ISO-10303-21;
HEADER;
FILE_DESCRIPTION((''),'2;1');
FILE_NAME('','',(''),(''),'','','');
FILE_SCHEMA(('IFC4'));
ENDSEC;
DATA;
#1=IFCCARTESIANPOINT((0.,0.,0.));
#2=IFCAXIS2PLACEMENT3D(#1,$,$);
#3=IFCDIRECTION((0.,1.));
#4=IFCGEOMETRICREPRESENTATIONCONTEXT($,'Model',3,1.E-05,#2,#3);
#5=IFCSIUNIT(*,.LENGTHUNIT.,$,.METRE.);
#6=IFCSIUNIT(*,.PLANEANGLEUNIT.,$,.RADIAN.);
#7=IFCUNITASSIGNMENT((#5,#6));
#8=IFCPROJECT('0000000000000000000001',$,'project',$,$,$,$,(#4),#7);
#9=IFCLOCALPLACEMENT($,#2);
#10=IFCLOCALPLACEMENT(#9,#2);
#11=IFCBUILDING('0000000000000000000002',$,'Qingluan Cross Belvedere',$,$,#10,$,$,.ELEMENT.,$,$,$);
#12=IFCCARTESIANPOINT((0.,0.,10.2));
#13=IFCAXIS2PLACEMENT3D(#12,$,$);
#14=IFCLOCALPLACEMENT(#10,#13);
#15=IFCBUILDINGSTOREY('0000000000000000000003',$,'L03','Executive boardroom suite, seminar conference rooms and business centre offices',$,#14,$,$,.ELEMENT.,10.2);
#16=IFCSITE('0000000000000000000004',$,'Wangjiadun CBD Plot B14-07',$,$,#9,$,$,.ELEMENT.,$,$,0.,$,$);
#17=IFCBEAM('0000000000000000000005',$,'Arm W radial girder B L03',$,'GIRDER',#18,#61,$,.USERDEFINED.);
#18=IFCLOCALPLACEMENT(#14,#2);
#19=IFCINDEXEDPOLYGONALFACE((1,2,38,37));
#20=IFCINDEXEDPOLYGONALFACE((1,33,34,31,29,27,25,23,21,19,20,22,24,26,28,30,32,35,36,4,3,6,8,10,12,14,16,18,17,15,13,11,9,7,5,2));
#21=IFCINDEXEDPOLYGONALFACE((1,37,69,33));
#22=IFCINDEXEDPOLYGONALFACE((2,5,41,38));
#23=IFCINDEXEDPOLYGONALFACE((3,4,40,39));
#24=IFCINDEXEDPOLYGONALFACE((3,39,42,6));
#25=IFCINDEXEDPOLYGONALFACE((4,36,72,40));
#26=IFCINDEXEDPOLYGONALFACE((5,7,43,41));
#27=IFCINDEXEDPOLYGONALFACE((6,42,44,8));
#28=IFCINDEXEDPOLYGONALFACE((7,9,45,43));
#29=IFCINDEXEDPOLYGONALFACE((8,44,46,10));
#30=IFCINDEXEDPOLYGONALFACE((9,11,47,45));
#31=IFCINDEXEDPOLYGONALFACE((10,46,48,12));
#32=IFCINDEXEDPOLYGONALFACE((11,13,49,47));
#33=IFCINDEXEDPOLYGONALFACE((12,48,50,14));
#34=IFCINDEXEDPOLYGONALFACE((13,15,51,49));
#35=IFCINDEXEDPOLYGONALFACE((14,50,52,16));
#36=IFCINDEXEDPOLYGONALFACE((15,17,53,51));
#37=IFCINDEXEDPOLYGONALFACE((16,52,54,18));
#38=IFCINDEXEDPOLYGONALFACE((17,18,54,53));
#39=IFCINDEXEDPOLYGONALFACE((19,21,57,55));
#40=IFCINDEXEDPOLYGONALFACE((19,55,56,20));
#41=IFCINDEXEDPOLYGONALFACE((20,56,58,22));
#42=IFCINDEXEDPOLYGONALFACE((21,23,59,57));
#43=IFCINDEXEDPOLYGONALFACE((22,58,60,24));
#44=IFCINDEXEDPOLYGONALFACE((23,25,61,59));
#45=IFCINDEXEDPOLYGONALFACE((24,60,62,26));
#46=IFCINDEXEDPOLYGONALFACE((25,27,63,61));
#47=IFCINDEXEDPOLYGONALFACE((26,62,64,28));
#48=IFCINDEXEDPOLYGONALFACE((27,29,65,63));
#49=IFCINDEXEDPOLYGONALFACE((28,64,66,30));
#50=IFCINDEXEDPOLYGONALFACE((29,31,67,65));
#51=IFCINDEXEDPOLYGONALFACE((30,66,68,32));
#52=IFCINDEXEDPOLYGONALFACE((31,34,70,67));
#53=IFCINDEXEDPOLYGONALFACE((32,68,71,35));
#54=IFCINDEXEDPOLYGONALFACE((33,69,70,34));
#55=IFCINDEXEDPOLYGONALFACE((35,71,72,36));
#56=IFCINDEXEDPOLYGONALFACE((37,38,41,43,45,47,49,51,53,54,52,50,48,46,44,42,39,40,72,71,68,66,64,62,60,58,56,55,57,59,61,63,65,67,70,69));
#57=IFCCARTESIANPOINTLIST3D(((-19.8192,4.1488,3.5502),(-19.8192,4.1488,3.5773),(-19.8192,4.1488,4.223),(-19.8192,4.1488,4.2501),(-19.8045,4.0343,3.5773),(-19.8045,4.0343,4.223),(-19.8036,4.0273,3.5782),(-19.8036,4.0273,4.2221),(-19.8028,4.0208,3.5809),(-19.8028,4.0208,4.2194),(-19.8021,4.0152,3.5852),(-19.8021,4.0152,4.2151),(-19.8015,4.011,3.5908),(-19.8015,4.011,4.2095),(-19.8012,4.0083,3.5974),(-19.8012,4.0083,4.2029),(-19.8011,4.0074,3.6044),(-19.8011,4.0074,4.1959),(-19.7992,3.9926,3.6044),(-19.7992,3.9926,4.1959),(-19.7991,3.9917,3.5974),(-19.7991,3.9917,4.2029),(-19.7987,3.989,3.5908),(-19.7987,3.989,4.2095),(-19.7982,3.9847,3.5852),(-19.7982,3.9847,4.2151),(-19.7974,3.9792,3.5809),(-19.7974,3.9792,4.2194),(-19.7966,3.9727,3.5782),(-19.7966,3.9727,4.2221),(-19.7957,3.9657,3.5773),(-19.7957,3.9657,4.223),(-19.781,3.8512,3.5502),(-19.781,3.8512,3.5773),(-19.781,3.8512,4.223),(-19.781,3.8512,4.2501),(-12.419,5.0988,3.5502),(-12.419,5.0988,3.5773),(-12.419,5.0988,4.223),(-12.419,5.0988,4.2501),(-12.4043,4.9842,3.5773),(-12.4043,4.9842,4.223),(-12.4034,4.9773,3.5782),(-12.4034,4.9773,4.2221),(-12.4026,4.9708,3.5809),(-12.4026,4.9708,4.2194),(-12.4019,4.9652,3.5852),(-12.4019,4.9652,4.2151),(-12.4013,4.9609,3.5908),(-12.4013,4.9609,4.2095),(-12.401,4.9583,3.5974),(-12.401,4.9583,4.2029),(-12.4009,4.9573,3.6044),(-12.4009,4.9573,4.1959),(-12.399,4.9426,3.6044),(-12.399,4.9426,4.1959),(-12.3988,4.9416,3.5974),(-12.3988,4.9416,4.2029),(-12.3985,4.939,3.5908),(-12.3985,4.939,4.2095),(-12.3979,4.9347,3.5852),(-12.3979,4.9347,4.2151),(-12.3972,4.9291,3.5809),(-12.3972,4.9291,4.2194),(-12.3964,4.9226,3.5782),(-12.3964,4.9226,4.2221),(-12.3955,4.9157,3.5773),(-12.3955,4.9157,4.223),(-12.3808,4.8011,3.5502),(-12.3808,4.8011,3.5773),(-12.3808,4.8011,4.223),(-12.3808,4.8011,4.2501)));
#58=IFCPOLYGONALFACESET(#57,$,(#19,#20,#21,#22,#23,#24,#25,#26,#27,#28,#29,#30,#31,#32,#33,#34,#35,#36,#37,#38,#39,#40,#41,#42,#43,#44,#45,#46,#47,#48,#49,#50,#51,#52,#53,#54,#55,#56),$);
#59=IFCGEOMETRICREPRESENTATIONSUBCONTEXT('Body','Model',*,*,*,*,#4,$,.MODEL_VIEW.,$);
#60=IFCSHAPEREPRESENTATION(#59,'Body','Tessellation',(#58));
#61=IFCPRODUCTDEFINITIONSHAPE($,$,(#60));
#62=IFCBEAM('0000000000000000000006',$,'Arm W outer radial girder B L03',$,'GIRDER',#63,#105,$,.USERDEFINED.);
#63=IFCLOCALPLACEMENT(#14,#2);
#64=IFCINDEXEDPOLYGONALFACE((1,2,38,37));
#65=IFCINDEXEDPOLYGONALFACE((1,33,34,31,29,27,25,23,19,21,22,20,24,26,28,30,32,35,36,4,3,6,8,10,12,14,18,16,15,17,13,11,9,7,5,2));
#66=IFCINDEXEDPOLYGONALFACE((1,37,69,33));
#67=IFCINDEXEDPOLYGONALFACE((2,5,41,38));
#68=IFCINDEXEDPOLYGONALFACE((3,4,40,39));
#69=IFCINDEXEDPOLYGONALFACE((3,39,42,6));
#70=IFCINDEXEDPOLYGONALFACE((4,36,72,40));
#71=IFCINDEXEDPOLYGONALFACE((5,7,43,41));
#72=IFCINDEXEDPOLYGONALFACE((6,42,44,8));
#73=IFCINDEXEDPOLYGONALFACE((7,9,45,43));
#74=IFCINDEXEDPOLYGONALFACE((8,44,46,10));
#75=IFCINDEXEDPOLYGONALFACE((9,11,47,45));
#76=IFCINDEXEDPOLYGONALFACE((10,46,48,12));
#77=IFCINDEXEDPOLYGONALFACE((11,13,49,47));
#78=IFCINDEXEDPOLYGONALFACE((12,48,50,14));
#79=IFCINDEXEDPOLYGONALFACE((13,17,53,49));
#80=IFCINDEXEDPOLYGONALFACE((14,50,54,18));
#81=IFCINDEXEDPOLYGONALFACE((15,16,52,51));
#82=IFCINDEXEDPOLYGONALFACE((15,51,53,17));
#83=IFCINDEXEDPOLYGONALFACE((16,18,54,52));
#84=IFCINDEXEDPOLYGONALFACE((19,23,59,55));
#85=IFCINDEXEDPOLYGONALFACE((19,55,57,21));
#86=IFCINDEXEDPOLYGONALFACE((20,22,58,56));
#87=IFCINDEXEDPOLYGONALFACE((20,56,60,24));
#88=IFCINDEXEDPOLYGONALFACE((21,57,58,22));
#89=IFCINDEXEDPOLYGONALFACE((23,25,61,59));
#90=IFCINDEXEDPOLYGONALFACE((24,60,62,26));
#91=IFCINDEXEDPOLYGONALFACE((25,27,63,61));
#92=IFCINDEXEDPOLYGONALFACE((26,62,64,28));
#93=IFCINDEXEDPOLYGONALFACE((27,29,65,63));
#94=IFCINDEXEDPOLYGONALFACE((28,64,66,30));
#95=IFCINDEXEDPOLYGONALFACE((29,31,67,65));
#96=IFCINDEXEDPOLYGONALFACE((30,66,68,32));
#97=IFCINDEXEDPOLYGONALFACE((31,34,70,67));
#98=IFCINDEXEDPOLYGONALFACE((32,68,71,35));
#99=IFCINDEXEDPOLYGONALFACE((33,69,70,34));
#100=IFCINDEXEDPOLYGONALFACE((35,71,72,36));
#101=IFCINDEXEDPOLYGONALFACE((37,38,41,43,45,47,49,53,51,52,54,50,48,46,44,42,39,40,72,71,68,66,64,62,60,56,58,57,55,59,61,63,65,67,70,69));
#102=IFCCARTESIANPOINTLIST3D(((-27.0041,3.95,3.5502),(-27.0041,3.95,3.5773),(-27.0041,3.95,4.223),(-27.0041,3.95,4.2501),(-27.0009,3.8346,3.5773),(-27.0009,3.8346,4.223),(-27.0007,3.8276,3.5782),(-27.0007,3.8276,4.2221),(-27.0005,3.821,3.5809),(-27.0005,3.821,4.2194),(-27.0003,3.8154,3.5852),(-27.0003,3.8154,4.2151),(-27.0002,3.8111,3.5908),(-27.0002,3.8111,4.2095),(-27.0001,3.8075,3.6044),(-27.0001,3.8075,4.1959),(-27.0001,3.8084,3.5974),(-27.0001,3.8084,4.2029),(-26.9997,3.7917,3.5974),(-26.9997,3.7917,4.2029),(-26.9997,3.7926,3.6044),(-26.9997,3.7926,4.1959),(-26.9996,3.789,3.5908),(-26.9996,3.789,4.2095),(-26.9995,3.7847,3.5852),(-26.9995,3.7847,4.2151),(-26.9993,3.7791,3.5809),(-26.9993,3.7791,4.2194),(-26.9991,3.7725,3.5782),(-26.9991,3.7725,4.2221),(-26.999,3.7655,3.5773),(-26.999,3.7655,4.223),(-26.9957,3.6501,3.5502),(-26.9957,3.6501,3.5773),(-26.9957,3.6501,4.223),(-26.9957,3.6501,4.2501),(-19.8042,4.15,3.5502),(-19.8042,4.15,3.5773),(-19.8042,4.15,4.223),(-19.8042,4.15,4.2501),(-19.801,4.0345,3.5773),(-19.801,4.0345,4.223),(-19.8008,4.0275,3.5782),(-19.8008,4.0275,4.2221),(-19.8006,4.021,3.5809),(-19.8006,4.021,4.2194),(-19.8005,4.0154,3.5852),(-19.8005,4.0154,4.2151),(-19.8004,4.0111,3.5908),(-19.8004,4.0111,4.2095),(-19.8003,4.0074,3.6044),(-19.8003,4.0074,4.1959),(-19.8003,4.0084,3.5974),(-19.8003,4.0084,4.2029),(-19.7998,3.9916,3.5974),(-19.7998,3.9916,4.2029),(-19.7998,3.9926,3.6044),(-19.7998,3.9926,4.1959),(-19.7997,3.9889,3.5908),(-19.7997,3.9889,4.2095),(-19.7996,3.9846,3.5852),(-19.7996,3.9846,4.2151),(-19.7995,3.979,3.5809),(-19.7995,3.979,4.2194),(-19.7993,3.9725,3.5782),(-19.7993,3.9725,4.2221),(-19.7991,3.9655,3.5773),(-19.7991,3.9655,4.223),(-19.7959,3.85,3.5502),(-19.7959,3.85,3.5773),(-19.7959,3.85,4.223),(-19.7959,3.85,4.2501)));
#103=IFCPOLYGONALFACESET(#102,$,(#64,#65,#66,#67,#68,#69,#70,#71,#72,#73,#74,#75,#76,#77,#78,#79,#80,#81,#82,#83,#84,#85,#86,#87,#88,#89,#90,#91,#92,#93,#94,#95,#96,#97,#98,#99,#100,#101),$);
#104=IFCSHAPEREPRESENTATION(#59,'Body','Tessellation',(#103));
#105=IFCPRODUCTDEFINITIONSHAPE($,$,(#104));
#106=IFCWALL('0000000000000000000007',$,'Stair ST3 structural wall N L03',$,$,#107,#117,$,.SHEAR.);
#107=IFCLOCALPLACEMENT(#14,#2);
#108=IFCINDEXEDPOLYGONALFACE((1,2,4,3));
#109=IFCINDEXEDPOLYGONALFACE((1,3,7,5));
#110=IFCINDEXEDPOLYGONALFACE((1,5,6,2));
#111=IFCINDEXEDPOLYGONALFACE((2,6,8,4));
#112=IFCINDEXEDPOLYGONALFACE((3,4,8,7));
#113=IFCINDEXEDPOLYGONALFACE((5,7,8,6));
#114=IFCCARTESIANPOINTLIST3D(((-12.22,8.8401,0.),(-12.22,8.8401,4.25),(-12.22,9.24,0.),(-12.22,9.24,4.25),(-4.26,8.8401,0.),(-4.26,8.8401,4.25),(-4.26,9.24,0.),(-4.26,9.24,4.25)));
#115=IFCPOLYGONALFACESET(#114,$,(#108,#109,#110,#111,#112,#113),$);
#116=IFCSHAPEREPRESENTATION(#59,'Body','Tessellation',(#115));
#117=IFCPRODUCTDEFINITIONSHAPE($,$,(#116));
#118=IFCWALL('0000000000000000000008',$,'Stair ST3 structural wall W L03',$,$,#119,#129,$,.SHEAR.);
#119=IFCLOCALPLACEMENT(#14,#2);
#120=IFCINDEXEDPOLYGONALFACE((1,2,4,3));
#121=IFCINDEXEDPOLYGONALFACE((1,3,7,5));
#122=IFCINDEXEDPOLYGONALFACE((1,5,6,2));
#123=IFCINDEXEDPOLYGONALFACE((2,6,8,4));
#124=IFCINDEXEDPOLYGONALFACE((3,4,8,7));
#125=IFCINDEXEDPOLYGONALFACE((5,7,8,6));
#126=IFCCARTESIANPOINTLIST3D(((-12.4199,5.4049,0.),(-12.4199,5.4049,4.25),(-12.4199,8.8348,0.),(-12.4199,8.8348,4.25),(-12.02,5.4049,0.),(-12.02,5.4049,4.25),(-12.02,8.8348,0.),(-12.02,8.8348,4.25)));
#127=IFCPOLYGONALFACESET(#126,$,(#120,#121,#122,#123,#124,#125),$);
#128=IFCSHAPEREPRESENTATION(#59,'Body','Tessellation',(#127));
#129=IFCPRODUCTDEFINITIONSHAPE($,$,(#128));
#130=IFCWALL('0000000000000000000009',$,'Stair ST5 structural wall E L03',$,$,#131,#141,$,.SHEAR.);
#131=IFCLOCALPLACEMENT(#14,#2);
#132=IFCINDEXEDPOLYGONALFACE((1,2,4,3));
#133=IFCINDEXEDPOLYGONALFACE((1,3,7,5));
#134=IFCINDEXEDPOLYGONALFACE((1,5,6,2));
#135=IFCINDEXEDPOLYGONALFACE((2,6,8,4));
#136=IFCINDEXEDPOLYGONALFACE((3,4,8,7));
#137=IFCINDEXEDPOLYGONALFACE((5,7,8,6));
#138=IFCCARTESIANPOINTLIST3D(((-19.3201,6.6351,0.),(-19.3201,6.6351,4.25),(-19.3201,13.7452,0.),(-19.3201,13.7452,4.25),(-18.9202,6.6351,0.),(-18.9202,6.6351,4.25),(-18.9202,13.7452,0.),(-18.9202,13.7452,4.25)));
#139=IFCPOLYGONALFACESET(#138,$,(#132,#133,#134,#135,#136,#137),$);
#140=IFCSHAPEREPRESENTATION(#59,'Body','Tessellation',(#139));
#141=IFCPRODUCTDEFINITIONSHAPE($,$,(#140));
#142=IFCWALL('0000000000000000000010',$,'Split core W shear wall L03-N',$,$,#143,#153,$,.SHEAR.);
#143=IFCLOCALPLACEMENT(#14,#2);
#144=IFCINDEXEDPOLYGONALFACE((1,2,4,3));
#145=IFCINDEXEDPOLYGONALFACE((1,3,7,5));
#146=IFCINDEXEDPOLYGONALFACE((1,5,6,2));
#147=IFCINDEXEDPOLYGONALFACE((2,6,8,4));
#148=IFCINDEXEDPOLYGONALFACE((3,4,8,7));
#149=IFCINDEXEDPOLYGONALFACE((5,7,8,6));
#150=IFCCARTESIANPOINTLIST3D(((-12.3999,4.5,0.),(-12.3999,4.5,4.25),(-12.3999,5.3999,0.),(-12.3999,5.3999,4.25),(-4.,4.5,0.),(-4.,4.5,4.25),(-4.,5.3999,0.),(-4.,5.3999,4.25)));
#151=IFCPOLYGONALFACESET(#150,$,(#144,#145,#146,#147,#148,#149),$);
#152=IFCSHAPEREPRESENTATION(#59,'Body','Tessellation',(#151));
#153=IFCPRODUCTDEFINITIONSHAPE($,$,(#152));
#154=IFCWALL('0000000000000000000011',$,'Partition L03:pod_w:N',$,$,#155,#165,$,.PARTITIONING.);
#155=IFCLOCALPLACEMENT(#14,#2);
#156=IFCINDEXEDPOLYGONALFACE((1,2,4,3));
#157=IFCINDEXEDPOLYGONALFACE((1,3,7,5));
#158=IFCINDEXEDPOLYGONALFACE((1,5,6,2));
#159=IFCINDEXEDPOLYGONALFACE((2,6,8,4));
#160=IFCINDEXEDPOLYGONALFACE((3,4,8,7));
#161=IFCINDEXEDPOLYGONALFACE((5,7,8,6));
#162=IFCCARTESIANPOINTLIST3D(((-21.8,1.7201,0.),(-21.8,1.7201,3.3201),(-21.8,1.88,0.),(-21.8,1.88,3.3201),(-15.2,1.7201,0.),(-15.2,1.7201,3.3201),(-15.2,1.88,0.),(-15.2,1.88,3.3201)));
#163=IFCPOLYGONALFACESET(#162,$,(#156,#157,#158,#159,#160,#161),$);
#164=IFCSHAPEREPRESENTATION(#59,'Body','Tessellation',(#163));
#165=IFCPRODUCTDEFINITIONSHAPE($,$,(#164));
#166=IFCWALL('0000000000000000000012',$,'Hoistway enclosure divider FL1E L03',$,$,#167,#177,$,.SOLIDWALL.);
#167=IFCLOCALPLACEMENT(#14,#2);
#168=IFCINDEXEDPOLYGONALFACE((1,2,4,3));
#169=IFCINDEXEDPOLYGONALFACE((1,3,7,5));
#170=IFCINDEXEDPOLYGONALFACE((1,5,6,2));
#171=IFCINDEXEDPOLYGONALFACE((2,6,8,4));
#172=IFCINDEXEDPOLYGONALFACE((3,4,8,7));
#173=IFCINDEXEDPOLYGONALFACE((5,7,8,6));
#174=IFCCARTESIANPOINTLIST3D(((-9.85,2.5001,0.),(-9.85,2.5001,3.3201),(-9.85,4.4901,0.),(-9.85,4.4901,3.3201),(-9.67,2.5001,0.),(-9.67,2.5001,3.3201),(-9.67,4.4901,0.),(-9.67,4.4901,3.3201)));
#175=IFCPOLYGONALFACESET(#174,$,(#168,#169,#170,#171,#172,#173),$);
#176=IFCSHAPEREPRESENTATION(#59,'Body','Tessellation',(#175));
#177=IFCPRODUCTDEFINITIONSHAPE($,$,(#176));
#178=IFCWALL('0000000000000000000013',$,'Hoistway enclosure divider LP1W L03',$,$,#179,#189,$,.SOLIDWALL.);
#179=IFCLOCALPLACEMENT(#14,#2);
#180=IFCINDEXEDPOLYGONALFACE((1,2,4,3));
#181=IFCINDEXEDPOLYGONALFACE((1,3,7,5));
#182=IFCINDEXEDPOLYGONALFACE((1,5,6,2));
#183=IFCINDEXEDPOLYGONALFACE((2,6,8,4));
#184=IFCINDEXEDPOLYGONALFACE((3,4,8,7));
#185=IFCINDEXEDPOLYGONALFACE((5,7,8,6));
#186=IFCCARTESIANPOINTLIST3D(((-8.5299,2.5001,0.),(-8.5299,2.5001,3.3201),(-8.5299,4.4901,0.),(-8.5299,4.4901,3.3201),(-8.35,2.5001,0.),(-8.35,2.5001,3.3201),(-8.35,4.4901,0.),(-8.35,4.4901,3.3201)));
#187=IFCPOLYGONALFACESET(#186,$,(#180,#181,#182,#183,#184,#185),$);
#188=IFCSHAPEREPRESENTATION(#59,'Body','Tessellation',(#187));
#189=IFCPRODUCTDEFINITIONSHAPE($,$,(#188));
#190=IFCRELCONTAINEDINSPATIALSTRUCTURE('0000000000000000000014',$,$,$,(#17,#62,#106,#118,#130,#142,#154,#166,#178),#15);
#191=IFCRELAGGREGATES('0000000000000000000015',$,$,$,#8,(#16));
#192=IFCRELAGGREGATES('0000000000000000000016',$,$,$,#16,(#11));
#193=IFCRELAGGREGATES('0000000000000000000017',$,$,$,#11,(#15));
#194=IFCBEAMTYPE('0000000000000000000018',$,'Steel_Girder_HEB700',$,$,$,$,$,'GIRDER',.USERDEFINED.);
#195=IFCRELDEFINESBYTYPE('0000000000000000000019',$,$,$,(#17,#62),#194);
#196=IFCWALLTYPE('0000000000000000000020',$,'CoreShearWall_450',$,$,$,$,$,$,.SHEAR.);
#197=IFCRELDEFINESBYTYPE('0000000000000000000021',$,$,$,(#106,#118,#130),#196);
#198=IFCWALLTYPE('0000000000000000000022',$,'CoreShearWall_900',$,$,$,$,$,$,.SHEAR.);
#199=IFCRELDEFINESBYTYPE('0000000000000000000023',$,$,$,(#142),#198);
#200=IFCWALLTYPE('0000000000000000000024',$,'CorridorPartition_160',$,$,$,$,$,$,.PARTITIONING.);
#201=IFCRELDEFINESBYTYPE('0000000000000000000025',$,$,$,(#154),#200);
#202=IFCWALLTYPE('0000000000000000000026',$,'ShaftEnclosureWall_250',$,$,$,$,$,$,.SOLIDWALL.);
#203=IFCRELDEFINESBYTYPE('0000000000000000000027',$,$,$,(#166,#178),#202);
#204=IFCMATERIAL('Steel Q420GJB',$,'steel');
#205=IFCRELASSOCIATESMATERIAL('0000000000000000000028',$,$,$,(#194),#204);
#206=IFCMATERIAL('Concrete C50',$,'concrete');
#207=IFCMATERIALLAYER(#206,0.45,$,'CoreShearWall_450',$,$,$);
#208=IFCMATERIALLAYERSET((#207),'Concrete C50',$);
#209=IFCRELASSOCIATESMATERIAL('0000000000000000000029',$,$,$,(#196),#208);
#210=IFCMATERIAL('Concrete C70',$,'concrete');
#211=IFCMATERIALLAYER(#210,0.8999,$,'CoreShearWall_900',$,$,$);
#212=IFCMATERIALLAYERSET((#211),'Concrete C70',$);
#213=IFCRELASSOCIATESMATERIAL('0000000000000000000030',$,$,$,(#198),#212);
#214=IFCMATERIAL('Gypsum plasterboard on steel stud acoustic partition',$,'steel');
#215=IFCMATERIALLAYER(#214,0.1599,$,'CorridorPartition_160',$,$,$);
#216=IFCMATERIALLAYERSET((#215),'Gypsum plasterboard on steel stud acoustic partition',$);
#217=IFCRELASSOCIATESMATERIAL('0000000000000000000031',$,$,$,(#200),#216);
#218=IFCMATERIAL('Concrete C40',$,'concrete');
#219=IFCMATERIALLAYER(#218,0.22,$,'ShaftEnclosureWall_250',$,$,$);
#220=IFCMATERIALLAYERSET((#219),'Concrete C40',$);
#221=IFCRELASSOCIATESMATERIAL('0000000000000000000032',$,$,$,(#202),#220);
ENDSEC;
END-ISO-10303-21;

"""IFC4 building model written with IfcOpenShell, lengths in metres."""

from ifc_helpers import new_model, si_unit, direction, frame, frame_2d, origin, origin_2d, place, context, subcontext, project, spatial, rectangle, i_section, extrude, material, layer, layer_set, material_profile, profile_set, type_object, element, save


model = new_model("IFC4")

# Units and contexts
model_context = context("Model", 3, precision=1e-05, world=origin(), true_north=direction((0.0, 1.0)))
body_context = subcontext(model_context, "Body", "Model", "MODEL_VIEW")
ifc_project = project(units=[si_unit("LENGTHUNIT", "METRE"), si_unit("PLANEANGLEUNIT", "RADIAN")], contexts=[model_context])

# Site, building, storey
site_placement = place(None, origin())
site = spatial("IfcSite", under=ifc_project, at=site_placement, Name="Wangjiadun CBD Plot B14-07", CompositionType="ELEMENT", RefElevation=0.0)
building_placement = place(site_placement, origin())
building = spatial("IfcBuilding", under=site, at=building_placement, Name="Qingluan Cross Belvedere", CompositionType="ELEMENT")
storey_placement = place(building_placement, frame((0.0, 0.0, 10.2)))
storey = spatial("IfcBuildingStorey", under=building, at=storey_placement, Name="L03", Description="Executive boardroom suite, seminar conference rooms and business centre offices", CompositionType="ELEMENT", Elevation=10.2)

# Beams
ifc_material_1 = material(Name="Steel Q420GJB", Category="steel")
ifc_material_profile_1 = material_profile(ifc_material_1, i_section(OverallWidth=0.3, OverallDepth=0.7, WebThickness=0.0149, FlangeThickness=0.0271, FilletRadius=0.0271, at=origin_2d()), Name="HEB700")
ifc_profile_set_1 = profile_set([ifc_material_profile_1], Name="Steel Q420GJB")
beam_type_1 = type_object("IfcBeamType", Name="Steel_Girder_HEB700", ElementType="GIRDER", PredefinedType="USERDEFINED", material=ifc_profile_set_1)
beam_1_placement = place(storey_placement, frame((-12.3999, 4.95, 3.9001), z_axis=(-0.991861, -0.127324, 0.0), x_axis=(0.127324, -0.991861, 0.0)))
element("IfcBeam", 1, at=beam_1_placement, inside=storey, type_object=beam_type_1, Name="Arm W radial girder B L03", ObjectType="GIRDER", PredefinedType="USERDEFINED", context=body_context, shape_type="SweptSolid", body=[
    extrude(i_section(OverallWidth=0.3, OverallDepth=0.7, WebThickness=0.0149, FlangeThickness=0.0271, FilletRadius=0.0271, at=origin_2d()), origin(), (0.0, 0.0, 1.0), 7.4609),
])
beam_2_placement = place(storey_placement, frame((-19.8, 4.0, 3.9001), z_axis=(-0.999615, -0.02776, 0.0), x_axis=(0.02776, -0.999615, 0.0)))
element("IfcBeam", 2, at=beam_2_placement, inside=storey, type_object=beam_type_1, Name="Arm W outer radial girder B L03", ObjectType="GIRDER", PredefinedType="USERDEFINED", context=body_context, shape_type="SweptSolid", body=[
    extrude(i_section(OverallWidth=0.3, OverallDepth=0.7, WebThickness=0.0149, FlangeThickness=0.0271, FilletRadius=0.0271, at=origin_2d()), origin(), (0.0, 0.0, 1.0), 7.2026),
])

# Walls
ifc_material_2 = material(Name="Concrete C50", Category="concrete")
ifc_layer_1 = layer(ifc_material_2, 0.45, Name="CoreShearWall_450")
ifc_layer_set_1 = layer_set([ifc_layer_1], Name="Concrete C50")
wall_type_1 = type_object("IfcWallType", Name="CoreShearWall_450", PredefinedType="SHEAR", material=ifc_layer_set_1)
wall_1_placement = place(storey_placement, frame((-12.22, 9.04, 0.0), z_axis=(0.0, 0.0, 1.0), x_axis=(1.0, 0.0, 0.0)))
element("IfcWall", 3, at=wall_1_placement, inside=storey, type_object=wall_type_1, Name="Stair ST3 structural wall N L03", PredefinedType="SHEAR", context=body_context, shape_type="SweptSolid", body=[
    extrude(rectangle(XDim=7.96, YDim=0.3999, at=frame_2d((3.98, 0.0))), origin(), (0.0, 0.0, 1.0), 4.25),
])
wall_2_placement = place(storey_placement, frame((-12.22, 5.405, 0.0), z_axis=(0.0, 0.0, 1.0), x_axis=(0.0, 1.0, 0.0)))
element("IfcWall", 4, at=wall_2_placement, inside=storey, type_object=wall_type_1, Name="Stair ST3 structural wall W L03", PredefinedType="SHEAR", context=body_context, shape_type="SweptSolid", body=[
    extrude(rectangle(XDim=3.4299, YDim=0.3999, at=frame_2d((1.7148, 0.0))), origin(), (0.0, 0.0, 1.0), 4.25),
])

# Walls
wall_3_placement = place(storey_placement, frame((-19.1201, 6.635, 0.0), z_axis=(0.0, 0.0, 1.0), x_axis=(0.0, 1.0, 0.0)))
element("IfcWall", 5, at=wall_3_placement, inside=storey, type_object=wall_type_1, Name="Stair ST5 structural wall E L03", PredefinedType="SHEAR", context=body_context, shape_type="SweptSolid", body=[
    extrude(rectangle(XDim=7.1101, YDim=0.3999, at=frame_2d((3.5552, 0.0))), origin(), (0.0, 0.0, 1.0), 4.25),
])
ifc_material_3 = material(Name="Concrete C70", Category="concrete")
ifc_layer_2 = layer(ifc_material_3, 0.8999, Name="CoreShearWall_900")
ifc_layer_set_2 = layer_set([ifc_layer_2], Name="Concrete C70")
wall_type_2 = type_object("IfcWallType", Name="CoreShearWall_900", PredefinedType="SHEAR", material=ifc_layer_set_2)
wall_4_placement = place(storey_placement, frame((-12.3999, 4.95, 0.0), z_axis=(0.0, 0.0, 1.0), x_axis=(1.0, 0.0, 0.0)))
element("IfcWall", 6, at=wall_4_placement, inside=storey, type_object=wall_type_2, Name="Split core W shear wall L03-N", PredefinedType="SHEAR", context=body_context, shape_type="SweptSolid", body=[
    extrude(rectangle(XDim=8.3999, YDim=0.8999, at=frame_2d((4.2, 0.0))), origin(), (0.0, 0.0, 1.0), 4.25),
])
ifc_material_4 = material(Name="Gypsum plasterboard on steel stud acoustic partition", Category="steel")
ifc_layer_3 = layer(ifc_material_4, 0.1599, Name="CorridorPartition_160")
ifc_layer_set_3 = layer_set([ifc_layer_3], Name="Gypsum plasterboard on steel stud acoustic partition")
wall_type_3 = type_object("IfcWallType", Name="CorridorPartition_160", PredefinedType="PARTITIONING", material=ifc_layer_set_3)
wall_5_placement = place(storey_placement, frame((-21.8, 1.8, 0.0), z_axis=(0.0, 0.0, 1.0), x_axis=(1.0, 0.0, 0.0)))
element("IfcWall", 7, at=wall_5_placement, inside=storey, type_object=wall_type_3, Name="Partition L03:pod_w:N", PredefinedType="PARTITIONING", context=body_context, shape_type="SweptSolid", body=[
    extrude(rectangle(XDim=6.6001, YDim=0.1599, at=frame_2d((3.3, 0.0))), origin(), (0.0, 0.0, 1.0), 3.3201),
])

# Shared definitions
ifc_material_5 = material(Name="Concrete C40", Category="concrete")
ifc_layer_4 = layer(ifc_material_5, 0.22, Name="ShaftEnclosureWall_250")
ifc_layer_set_4 = layer_set([ifc_layer_4], Name="Concrete C40")
wall_type_4 = type_object("IfcWallType", Name="ShaftEnclosureWall_250", PredefinedType="SOLIDWALL", material=ifc_layer_set_4)

# Walls
for number, where, z_axis, x_axis, name in (
    (8, (-9.76, 2.5, 0.0), (0.0, 0.0, 1.0), (0.0, 1.0, 0.0), "Hoistway enclosure divider FL1E L03"),
    (9, (-8.4399, 2.5, 0.0), (0.0, 0.0, 1.0), (0.0, 1.0, 0.0), "Hoistway enclosure divider LP1W L03"),
):
    element("IfcWall", number, at=place(storey_placement, frame(where, z_axis=z_axis, x_axis=x_axis)), inside=storey, type_object=wall_type_4, Name=name, PredefinedType="SOLIDWALL", context=body_context, shape_type="SweptSolid", body=[
        extrude(rectangle(XDim=1.99, YDim=0.1799, at=frame_2d((0.9951, 0.0))), origin(), (0.0, 0.0, 1.0), 3.3201),
    ])

save(model, "model.ifc")
